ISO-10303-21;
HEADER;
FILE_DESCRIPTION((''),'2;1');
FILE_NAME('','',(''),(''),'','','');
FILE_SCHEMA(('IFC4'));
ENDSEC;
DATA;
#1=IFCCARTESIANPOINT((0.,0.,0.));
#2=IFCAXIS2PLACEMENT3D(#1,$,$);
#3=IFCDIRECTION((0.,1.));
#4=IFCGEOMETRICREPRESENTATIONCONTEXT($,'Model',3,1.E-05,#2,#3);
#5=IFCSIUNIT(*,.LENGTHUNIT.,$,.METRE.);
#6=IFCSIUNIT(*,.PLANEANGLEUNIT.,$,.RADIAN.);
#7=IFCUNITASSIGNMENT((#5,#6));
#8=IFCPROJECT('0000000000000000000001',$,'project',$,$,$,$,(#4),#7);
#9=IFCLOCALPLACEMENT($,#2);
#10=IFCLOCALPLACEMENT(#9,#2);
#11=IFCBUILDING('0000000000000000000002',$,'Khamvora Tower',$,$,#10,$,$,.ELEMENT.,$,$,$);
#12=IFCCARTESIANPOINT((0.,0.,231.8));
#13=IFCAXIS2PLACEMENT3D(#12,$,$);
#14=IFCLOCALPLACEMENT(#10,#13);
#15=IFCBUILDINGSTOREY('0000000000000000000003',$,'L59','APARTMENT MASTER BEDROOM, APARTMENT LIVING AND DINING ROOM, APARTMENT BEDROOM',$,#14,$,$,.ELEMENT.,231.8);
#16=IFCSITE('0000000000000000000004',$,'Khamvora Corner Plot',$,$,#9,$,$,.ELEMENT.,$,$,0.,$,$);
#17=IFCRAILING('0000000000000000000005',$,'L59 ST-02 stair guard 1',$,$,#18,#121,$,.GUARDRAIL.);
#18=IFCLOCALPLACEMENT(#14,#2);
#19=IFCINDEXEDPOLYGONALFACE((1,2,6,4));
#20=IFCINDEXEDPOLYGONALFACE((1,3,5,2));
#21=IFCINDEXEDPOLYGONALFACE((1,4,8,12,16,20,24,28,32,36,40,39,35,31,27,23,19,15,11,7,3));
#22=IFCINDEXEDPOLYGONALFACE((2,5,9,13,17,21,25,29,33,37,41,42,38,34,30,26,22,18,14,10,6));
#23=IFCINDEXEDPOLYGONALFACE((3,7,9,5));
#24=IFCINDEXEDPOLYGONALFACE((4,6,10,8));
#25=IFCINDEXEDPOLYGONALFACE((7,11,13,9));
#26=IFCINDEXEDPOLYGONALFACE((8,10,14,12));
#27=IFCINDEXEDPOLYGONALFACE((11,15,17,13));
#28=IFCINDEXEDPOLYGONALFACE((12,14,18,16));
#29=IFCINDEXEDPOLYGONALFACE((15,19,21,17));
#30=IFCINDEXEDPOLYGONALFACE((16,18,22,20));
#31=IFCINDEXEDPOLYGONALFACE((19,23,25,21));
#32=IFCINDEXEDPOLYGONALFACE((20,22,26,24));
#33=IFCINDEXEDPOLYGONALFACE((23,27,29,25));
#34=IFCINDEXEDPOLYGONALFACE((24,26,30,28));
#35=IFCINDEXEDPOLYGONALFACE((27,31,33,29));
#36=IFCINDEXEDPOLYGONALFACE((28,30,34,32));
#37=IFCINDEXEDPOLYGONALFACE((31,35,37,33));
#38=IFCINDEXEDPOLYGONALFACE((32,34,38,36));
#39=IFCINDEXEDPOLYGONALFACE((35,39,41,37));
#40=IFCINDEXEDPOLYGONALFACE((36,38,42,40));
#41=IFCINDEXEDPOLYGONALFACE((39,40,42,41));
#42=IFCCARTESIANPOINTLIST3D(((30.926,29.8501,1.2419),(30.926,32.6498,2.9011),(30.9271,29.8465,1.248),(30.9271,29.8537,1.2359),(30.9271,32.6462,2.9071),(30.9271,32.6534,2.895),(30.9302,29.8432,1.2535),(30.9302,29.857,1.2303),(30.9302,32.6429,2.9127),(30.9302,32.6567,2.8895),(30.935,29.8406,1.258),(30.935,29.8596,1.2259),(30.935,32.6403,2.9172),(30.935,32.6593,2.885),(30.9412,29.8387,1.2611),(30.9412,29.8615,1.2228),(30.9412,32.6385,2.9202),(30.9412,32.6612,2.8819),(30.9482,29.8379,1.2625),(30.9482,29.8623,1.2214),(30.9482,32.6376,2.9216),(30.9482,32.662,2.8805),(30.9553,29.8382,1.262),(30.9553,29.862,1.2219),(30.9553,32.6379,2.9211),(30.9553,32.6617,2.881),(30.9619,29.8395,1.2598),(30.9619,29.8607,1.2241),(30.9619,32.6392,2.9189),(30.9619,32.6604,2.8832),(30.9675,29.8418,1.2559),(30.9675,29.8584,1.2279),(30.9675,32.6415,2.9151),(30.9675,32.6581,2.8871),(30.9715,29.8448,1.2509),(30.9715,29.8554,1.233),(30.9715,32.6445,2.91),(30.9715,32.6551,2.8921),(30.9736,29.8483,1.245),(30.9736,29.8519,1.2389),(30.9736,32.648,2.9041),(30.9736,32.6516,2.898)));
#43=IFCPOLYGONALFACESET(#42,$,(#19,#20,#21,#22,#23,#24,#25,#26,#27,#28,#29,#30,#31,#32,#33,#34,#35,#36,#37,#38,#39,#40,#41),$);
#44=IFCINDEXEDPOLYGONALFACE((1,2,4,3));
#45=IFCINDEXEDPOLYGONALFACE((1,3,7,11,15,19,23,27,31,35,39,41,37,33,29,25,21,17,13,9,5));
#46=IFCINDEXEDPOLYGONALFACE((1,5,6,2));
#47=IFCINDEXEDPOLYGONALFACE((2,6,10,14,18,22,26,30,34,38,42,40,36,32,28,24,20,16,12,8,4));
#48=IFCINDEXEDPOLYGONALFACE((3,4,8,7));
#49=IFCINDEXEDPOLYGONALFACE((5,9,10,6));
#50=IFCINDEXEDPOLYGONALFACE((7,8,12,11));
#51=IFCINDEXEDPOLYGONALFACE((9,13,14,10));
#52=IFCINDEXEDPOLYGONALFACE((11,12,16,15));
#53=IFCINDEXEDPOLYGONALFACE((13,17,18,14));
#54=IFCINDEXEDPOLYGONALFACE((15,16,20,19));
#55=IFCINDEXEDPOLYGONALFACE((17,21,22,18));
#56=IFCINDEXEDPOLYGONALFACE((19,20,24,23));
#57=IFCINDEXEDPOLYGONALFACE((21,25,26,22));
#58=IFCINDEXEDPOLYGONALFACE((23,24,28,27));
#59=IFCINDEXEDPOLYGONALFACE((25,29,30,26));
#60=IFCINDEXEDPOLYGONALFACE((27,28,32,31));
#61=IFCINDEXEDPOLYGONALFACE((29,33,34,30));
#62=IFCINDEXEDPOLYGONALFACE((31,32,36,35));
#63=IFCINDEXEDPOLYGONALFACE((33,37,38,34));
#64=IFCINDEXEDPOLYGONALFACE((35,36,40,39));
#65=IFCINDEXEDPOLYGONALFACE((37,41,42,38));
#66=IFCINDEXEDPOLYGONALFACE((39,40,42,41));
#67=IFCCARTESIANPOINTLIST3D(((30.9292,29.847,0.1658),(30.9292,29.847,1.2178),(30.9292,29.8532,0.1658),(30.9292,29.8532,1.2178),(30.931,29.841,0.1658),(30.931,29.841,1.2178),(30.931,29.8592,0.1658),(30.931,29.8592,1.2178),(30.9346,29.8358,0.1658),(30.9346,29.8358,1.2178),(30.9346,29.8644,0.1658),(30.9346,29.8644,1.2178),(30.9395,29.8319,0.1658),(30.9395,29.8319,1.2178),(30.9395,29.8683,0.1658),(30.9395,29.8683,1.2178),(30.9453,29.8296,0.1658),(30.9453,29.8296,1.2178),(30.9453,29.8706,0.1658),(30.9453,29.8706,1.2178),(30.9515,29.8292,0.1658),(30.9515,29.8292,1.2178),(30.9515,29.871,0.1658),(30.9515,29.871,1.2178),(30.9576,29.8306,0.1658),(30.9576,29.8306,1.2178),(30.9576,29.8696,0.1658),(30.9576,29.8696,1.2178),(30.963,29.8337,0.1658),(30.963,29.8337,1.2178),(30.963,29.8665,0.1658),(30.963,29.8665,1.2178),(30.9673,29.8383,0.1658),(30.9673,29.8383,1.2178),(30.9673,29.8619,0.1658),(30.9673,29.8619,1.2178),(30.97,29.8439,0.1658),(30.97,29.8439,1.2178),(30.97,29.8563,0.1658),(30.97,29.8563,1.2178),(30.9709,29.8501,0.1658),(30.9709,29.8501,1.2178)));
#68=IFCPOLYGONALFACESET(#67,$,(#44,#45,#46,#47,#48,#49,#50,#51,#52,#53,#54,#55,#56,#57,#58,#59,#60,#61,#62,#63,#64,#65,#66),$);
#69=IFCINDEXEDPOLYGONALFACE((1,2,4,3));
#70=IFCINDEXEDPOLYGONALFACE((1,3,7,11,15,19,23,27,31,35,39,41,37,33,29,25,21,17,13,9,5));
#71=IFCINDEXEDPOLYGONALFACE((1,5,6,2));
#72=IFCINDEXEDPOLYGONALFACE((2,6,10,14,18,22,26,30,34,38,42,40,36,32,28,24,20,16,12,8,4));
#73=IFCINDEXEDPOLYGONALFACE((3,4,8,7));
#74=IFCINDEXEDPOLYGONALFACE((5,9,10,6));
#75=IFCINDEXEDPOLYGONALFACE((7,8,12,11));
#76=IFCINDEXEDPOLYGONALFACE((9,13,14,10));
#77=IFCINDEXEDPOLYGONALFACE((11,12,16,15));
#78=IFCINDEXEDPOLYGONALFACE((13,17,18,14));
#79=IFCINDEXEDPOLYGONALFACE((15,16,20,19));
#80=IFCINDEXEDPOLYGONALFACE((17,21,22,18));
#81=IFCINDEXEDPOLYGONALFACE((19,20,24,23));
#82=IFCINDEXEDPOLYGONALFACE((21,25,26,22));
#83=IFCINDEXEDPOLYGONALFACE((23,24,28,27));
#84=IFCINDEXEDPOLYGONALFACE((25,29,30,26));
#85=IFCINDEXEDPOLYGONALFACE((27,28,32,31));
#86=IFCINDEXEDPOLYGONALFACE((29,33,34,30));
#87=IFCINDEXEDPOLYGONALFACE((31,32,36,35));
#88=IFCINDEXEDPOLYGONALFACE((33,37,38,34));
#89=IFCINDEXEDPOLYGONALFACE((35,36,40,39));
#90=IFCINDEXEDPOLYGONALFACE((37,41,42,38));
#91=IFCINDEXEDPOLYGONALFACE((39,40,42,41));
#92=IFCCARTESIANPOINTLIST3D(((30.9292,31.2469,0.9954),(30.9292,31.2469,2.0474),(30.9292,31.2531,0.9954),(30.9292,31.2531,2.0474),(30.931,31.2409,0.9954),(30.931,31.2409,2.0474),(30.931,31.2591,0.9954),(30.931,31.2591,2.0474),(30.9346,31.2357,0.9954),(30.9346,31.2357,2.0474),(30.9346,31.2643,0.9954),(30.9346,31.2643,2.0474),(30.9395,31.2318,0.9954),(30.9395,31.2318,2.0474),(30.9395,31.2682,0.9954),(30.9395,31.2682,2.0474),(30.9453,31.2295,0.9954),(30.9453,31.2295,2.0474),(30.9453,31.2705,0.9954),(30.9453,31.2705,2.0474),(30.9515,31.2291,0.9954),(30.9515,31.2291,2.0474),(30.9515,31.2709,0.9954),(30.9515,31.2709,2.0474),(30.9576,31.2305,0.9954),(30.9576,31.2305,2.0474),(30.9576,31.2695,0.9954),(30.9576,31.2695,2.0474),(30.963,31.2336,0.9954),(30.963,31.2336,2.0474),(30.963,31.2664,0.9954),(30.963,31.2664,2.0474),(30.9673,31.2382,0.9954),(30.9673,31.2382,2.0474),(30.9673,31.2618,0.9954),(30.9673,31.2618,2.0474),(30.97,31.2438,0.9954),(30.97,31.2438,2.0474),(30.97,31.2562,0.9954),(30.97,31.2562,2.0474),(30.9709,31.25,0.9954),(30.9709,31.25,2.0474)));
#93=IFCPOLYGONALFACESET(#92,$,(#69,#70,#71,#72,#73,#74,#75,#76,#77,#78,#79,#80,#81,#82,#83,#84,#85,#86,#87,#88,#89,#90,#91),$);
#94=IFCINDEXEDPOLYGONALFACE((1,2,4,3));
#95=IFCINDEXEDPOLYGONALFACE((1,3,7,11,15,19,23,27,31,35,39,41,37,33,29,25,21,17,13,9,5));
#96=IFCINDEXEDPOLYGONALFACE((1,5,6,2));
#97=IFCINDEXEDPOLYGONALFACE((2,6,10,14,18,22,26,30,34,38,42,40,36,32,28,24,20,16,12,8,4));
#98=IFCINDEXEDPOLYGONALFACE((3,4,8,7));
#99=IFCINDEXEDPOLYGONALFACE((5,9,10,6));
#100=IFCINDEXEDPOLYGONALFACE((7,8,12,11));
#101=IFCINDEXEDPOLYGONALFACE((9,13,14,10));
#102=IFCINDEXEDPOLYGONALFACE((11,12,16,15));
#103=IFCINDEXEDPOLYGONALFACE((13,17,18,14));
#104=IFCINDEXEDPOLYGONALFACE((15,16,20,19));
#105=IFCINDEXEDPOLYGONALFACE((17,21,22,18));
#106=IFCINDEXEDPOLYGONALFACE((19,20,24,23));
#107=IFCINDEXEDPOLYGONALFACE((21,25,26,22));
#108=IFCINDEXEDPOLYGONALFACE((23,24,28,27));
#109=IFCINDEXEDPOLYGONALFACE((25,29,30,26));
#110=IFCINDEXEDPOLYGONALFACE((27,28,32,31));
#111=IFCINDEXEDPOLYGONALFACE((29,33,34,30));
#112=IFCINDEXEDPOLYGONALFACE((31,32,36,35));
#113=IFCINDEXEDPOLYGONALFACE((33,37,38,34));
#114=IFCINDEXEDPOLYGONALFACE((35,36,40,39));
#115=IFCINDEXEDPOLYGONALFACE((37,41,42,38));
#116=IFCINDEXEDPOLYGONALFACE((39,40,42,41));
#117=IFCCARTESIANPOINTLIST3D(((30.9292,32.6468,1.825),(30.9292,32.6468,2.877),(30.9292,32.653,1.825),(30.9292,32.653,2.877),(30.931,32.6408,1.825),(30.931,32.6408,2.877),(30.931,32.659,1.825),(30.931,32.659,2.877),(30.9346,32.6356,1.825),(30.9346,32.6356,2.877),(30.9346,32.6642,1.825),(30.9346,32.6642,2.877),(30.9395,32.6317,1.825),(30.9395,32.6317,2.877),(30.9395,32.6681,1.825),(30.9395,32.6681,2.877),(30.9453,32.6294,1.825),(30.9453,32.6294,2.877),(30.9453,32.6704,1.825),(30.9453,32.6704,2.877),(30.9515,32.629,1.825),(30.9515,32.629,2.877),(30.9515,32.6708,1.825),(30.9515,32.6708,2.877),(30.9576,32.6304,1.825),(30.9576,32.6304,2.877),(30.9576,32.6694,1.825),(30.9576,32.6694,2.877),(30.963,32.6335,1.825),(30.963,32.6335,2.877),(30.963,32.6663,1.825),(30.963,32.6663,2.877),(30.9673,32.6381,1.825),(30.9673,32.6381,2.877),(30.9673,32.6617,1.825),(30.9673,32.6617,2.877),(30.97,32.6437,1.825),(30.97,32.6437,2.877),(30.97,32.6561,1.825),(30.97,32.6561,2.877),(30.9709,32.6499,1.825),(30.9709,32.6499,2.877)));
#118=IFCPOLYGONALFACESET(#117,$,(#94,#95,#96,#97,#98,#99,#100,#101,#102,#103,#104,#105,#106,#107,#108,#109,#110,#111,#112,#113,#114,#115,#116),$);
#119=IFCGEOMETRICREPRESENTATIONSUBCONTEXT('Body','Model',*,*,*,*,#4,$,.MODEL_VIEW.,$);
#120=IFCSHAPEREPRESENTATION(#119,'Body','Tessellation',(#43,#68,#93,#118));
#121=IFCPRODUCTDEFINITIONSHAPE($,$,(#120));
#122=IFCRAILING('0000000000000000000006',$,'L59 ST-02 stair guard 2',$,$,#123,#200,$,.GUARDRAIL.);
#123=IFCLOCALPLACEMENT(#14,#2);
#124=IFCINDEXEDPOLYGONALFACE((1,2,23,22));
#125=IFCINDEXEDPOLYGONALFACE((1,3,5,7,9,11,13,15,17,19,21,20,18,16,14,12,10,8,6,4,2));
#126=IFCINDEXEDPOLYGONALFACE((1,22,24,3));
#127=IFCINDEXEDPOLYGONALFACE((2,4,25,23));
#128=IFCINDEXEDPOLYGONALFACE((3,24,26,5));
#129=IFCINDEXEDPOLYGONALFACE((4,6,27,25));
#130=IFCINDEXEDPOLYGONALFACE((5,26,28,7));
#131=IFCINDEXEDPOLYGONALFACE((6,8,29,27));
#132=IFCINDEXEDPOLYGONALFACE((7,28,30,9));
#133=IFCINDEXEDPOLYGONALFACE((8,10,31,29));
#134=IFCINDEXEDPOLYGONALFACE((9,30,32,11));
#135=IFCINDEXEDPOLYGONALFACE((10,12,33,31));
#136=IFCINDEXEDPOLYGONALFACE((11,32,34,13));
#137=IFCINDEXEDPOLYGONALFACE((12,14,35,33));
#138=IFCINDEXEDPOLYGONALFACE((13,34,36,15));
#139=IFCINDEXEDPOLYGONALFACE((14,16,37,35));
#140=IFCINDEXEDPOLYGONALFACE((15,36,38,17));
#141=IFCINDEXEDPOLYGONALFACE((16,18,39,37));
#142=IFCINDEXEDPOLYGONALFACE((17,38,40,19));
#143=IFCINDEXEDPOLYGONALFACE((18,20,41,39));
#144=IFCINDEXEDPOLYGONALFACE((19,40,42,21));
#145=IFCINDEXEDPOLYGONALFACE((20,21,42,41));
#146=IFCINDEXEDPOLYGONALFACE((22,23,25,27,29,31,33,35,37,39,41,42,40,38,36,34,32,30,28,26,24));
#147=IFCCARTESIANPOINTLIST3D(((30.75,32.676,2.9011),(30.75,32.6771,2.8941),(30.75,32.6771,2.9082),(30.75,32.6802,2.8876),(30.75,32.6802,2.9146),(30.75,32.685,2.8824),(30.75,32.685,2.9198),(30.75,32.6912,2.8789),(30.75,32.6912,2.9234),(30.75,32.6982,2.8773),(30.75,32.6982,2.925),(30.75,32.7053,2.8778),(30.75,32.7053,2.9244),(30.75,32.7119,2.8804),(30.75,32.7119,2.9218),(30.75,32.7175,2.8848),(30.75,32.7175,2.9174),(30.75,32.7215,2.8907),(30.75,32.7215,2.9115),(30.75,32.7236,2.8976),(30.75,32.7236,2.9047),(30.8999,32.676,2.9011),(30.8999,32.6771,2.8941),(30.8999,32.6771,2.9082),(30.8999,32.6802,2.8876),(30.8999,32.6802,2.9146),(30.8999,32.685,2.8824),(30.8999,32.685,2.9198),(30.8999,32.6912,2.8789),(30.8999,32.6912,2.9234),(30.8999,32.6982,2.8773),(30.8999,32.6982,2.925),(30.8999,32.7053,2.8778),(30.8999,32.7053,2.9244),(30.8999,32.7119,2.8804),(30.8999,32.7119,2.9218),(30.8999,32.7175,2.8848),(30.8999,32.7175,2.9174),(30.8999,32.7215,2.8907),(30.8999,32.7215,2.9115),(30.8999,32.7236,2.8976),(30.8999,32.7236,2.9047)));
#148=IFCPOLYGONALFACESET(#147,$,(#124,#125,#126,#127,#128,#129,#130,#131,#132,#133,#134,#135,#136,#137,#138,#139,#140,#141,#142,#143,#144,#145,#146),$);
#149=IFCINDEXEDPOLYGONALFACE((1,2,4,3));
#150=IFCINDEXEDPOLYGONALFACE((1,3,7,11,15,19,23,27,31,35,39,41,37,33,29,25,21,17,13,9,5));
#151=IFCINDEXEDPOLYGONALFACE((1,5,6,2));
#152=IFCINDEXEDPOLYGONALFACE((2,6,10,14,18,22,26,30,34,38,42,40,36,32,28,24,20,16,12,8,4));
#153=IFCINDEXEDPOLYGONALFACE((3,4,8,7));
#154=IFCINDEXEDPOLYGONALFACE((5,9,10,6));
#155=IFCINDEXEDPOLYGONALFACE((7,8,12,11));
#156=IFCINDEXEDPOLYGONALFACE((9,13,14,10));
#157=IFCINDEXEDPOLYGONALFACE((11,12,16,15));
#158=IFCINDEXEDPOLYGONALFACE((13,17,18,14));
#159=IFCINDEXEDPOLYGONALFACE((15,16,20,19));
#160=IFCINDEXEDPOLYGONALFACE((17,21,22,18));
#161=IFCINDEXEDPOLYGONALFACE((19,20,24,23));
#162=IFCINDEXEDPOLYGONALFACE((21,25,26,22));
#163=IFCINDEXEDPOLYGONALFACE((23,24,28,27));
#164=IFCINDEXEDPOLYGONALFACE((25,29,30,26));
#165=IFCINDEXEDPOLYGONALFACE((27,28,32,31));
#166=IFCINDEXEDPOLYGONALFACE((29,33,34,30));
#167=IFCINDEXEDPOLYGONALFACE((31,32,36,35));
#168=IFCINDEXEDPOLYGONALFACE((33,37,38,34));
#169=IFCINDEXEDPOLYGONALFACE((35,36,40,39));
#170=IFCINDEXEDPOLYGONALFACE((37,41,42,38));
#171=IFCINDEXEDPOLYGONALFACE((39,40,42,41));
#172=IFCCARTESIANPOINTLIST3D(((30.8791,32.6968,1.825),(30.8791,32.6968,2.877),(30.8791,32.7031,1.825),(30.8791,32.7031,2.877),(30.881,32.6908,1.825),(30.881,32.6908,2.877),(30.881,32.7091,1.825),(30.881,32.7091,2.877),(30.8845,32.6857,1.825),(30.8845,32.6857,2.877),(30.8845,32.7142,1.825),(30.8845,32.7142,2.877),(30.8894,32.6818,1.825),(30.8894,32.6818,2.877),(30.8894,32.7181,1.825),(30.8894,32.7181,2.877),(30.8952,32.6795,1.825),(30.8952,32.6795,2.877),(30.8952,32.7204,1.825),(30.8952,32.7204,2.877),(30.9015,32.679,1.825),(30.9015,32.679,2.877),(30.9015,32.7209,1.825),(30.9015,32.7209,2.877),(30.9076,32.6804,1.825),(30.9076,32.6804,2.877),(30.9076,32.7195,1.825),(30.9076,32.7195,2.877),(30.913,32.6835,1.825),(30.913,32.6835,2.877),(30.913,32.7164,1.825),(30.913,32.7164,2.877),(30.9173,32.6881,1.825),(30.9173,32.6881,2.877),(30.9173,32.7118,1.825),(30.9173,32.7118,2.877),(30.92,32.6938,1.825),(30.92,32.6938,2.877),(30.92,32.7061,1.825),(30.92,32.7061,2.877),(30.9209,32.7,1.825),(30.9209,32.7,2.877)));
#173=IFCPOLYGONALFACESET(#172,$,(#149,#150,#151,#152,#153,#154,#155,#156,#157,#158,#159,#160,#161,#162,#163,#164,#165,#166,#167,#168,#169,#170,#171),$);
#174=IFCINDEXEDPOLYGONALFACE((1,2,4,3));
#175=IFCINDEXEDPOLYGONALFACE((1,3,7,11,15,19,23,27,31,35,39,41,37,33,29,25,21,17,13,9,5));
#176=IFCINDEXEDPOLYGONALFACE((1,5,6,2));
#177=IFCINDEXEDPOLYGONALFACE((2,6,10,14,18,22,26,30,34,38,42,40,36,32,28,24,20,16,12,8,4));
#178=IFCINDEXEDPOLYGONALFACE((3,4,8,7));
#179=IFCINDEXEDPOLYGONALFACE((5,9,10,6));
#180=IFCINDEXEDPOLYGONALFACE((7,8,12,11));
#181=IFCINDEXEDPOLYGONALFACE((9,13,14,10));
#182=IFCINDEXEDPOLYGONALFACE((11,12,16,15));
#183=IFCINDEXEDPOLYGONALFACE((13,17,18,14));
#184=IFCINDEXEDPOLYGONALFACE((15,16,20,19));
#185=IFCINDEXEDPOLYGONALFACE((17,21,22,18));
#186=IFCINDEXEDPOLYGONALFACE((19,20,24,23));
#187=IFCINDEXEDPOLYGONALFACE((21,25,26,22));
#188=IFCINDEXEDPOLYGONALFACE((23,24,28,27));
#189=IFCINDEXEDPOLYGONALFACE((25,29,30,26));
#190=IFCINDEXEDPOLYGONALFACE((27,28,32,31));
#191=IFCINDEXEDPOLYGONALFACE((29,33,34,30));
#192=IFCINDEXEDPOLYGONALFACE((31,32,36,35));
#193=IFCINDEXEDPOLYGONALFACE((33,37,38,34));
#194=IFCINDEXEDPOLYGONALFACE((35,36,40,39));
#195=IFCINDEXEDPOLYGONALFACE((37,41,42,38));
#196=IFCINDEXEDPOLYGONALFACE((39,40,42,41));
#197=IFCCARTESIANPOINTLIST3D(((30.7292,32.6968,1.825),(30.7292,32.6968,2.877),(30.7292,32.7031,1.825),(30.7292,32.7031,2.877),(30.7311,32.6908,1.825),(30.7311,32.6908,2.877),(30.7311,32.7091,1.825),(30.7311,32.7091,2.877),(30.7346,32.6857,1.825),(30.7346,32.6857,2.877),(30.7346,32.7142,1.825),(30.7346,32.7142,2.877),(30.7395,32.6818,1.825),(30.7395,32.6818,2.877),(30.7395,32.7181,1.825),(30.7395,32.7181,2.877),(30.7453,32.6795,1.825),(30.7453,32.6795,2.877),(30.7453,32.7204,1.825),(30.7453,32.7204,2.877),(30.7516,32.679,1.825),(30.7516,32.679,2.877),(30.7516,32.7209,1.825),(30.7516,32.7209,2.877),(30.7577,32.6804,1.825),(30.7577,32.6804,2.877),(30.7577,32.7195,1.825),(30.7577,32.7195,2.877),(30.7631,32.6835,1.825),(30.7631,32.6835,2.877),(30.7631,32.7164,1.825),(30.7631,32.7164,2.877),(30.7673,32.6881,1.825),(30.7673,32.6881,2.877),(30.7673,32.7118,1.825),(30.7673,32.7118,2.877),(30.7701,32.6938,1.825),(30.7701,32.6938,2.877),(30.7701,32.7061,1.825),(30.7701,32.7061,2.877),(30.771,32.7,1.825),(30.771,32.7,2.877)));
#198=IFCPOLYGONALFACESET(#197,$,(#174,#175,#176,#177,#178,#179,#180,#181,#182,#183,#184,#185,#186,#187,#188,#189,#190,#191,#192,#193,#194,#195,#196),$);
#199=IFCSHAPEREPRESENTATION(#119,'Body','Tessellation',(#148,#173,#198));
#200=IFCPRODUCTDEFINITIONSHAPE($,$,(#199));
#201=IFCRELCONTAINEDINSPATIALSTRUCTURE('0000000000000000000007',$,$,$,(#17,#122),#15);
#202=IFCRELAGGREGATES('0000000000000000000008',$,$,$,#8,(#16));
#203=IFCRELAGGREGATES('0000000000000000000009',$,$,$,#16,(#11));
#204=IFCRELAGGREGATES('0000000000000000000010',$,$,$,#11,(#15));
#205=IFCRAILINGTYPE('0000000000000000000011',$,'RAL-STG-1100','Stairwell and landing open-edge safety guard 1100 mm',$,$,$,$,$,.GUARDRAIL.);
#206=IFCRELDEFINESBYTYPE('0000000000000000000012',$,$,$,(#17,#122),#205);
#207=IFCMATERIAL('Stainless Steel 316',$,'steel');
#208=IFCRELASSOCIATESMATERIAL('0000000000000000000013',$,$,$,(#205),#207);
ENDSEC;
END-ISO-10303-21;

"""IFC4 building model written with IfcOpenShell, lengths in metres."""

from ifc_helpers import new_model, si_unit, direction, frame, origin, origin_2d, place, context, subcontext, project, spatial, circle, extrude, material, type_object, element, save


model = new_model("IFC4")

# Units and contexts
model_context = context("Model", 3, precision=1e-05, world=origin(), true_north=direction((0.0, 1.0)))
body_context = subcontext(model_context, "Body", "Model", "MODEL_VIEW")
ifc_project = project(units=[si_unit("LENGTHUNIT", "METRE"), si_unit("PLANEANGLEUNIT", "RADIAN")], contexts=[model_context])

# Site, building, storey
site_placement = place(None, origin())
site = spatial("IfcSite", under=ifc_project, at=site_placement, Name="Khamvora Corner Plot", CompositionType="ELEMENT", RefElevation=0.0)
building_placement = place(site_placement, origin())
building = spatial("IfcBuilding", under=site, at=building_placement, Name="Khamvora Tower", CompositionType="ELEMENT")
storey_placement = place(building_placement, frame((0.0, 0.0, 231.8)))
storey = spatial("IfcBuildingStorey", under=building, at=storey_placement, Name="L59", Description="APARTMENT MASTER BEDROOM, APARTMENT LIVING AND DINING ROOM, APARTMENT BEDROOM", CompositionType="ELEMENT", Elevation=231.8)

# Railings
ifc_material_1 = material(Name="Stainless Steel 316", Category="steel")
railing_type_1 = type_object("IfcRailingType", Name="RAL-STG-1100", Description="Stairwell and landing open-edge safety guard 1100 mm", PredefinedType="GUARDRAIL", material=ifc_material_1)
railing_1_placement = place(storey_placement, frame((30.95, 29.8501, 0.1658)))
element("IfcRailing", 1, at=railing_1_placement, inside=storey, type_object=railing_type_1, Name="L59 ST-02 stair guard 1", PredefinedType="GUARDRAIL", context=body_context, shape_type="SweptSolid", body=[
    extrude(circle(Radius=0.0239, at=origin_2d()), frame((0.0, 0.0, 1.0762), z_axis=(0.0, 0.860287, 0.509811), x_axis=(-1.0, 0.0, 0.0)), (0.0, 0.0, 1.0), 3.2544),
    extrude(circle(Radius=0.021, at=origin_2d()), origin(), (0.0, 0.0, 1.0), 1.052),
    extrude(circle(Radius=0.021, at=origin_2d()), frame((0.0, 1.3999, 0.8296)), (0.0, 0.0, 1.0), 1.052),
    extrude(circle(Radius=0.021, at=origin_2d()), frame((0.0, 2.7998, 1.6592)), (0.0, 0.0, 1.0), 1.052),
])
railing_2_placement = place(storey_placement, frame((30.8999, 32.7, 1.825)))
element("IfcRailing", 2, at=railing_2_placement, inside=storey, type_object=railing_type_1, Name="L59 ST-02 stair guard 2", PredefinedType="GUARDRAIL", context=body_context, shape_type="SweptSolid", body=[
    extrude(circle(Radius=0.0239, at=origin_2d()), frame((0.0, 0.0, 1.0762), z_axis=(-1.0, 0.0, 0.0), x_axis=(0.0, -1.0, 0.0)), (0.0, 0.0, 1.0), 0.1499),
    extrude(circle(Radius=0.021, at=origin_2d()), origin(), (0.0, 0.0, 1.0), 1.052),
    extrude(circle(Radius=0.021, at=origin_2d()), frame((-0.1499, 0.0, 0.0)), (0.0, 0.0, 1.0), 1.052),
])

save(model, "model.ifc")
